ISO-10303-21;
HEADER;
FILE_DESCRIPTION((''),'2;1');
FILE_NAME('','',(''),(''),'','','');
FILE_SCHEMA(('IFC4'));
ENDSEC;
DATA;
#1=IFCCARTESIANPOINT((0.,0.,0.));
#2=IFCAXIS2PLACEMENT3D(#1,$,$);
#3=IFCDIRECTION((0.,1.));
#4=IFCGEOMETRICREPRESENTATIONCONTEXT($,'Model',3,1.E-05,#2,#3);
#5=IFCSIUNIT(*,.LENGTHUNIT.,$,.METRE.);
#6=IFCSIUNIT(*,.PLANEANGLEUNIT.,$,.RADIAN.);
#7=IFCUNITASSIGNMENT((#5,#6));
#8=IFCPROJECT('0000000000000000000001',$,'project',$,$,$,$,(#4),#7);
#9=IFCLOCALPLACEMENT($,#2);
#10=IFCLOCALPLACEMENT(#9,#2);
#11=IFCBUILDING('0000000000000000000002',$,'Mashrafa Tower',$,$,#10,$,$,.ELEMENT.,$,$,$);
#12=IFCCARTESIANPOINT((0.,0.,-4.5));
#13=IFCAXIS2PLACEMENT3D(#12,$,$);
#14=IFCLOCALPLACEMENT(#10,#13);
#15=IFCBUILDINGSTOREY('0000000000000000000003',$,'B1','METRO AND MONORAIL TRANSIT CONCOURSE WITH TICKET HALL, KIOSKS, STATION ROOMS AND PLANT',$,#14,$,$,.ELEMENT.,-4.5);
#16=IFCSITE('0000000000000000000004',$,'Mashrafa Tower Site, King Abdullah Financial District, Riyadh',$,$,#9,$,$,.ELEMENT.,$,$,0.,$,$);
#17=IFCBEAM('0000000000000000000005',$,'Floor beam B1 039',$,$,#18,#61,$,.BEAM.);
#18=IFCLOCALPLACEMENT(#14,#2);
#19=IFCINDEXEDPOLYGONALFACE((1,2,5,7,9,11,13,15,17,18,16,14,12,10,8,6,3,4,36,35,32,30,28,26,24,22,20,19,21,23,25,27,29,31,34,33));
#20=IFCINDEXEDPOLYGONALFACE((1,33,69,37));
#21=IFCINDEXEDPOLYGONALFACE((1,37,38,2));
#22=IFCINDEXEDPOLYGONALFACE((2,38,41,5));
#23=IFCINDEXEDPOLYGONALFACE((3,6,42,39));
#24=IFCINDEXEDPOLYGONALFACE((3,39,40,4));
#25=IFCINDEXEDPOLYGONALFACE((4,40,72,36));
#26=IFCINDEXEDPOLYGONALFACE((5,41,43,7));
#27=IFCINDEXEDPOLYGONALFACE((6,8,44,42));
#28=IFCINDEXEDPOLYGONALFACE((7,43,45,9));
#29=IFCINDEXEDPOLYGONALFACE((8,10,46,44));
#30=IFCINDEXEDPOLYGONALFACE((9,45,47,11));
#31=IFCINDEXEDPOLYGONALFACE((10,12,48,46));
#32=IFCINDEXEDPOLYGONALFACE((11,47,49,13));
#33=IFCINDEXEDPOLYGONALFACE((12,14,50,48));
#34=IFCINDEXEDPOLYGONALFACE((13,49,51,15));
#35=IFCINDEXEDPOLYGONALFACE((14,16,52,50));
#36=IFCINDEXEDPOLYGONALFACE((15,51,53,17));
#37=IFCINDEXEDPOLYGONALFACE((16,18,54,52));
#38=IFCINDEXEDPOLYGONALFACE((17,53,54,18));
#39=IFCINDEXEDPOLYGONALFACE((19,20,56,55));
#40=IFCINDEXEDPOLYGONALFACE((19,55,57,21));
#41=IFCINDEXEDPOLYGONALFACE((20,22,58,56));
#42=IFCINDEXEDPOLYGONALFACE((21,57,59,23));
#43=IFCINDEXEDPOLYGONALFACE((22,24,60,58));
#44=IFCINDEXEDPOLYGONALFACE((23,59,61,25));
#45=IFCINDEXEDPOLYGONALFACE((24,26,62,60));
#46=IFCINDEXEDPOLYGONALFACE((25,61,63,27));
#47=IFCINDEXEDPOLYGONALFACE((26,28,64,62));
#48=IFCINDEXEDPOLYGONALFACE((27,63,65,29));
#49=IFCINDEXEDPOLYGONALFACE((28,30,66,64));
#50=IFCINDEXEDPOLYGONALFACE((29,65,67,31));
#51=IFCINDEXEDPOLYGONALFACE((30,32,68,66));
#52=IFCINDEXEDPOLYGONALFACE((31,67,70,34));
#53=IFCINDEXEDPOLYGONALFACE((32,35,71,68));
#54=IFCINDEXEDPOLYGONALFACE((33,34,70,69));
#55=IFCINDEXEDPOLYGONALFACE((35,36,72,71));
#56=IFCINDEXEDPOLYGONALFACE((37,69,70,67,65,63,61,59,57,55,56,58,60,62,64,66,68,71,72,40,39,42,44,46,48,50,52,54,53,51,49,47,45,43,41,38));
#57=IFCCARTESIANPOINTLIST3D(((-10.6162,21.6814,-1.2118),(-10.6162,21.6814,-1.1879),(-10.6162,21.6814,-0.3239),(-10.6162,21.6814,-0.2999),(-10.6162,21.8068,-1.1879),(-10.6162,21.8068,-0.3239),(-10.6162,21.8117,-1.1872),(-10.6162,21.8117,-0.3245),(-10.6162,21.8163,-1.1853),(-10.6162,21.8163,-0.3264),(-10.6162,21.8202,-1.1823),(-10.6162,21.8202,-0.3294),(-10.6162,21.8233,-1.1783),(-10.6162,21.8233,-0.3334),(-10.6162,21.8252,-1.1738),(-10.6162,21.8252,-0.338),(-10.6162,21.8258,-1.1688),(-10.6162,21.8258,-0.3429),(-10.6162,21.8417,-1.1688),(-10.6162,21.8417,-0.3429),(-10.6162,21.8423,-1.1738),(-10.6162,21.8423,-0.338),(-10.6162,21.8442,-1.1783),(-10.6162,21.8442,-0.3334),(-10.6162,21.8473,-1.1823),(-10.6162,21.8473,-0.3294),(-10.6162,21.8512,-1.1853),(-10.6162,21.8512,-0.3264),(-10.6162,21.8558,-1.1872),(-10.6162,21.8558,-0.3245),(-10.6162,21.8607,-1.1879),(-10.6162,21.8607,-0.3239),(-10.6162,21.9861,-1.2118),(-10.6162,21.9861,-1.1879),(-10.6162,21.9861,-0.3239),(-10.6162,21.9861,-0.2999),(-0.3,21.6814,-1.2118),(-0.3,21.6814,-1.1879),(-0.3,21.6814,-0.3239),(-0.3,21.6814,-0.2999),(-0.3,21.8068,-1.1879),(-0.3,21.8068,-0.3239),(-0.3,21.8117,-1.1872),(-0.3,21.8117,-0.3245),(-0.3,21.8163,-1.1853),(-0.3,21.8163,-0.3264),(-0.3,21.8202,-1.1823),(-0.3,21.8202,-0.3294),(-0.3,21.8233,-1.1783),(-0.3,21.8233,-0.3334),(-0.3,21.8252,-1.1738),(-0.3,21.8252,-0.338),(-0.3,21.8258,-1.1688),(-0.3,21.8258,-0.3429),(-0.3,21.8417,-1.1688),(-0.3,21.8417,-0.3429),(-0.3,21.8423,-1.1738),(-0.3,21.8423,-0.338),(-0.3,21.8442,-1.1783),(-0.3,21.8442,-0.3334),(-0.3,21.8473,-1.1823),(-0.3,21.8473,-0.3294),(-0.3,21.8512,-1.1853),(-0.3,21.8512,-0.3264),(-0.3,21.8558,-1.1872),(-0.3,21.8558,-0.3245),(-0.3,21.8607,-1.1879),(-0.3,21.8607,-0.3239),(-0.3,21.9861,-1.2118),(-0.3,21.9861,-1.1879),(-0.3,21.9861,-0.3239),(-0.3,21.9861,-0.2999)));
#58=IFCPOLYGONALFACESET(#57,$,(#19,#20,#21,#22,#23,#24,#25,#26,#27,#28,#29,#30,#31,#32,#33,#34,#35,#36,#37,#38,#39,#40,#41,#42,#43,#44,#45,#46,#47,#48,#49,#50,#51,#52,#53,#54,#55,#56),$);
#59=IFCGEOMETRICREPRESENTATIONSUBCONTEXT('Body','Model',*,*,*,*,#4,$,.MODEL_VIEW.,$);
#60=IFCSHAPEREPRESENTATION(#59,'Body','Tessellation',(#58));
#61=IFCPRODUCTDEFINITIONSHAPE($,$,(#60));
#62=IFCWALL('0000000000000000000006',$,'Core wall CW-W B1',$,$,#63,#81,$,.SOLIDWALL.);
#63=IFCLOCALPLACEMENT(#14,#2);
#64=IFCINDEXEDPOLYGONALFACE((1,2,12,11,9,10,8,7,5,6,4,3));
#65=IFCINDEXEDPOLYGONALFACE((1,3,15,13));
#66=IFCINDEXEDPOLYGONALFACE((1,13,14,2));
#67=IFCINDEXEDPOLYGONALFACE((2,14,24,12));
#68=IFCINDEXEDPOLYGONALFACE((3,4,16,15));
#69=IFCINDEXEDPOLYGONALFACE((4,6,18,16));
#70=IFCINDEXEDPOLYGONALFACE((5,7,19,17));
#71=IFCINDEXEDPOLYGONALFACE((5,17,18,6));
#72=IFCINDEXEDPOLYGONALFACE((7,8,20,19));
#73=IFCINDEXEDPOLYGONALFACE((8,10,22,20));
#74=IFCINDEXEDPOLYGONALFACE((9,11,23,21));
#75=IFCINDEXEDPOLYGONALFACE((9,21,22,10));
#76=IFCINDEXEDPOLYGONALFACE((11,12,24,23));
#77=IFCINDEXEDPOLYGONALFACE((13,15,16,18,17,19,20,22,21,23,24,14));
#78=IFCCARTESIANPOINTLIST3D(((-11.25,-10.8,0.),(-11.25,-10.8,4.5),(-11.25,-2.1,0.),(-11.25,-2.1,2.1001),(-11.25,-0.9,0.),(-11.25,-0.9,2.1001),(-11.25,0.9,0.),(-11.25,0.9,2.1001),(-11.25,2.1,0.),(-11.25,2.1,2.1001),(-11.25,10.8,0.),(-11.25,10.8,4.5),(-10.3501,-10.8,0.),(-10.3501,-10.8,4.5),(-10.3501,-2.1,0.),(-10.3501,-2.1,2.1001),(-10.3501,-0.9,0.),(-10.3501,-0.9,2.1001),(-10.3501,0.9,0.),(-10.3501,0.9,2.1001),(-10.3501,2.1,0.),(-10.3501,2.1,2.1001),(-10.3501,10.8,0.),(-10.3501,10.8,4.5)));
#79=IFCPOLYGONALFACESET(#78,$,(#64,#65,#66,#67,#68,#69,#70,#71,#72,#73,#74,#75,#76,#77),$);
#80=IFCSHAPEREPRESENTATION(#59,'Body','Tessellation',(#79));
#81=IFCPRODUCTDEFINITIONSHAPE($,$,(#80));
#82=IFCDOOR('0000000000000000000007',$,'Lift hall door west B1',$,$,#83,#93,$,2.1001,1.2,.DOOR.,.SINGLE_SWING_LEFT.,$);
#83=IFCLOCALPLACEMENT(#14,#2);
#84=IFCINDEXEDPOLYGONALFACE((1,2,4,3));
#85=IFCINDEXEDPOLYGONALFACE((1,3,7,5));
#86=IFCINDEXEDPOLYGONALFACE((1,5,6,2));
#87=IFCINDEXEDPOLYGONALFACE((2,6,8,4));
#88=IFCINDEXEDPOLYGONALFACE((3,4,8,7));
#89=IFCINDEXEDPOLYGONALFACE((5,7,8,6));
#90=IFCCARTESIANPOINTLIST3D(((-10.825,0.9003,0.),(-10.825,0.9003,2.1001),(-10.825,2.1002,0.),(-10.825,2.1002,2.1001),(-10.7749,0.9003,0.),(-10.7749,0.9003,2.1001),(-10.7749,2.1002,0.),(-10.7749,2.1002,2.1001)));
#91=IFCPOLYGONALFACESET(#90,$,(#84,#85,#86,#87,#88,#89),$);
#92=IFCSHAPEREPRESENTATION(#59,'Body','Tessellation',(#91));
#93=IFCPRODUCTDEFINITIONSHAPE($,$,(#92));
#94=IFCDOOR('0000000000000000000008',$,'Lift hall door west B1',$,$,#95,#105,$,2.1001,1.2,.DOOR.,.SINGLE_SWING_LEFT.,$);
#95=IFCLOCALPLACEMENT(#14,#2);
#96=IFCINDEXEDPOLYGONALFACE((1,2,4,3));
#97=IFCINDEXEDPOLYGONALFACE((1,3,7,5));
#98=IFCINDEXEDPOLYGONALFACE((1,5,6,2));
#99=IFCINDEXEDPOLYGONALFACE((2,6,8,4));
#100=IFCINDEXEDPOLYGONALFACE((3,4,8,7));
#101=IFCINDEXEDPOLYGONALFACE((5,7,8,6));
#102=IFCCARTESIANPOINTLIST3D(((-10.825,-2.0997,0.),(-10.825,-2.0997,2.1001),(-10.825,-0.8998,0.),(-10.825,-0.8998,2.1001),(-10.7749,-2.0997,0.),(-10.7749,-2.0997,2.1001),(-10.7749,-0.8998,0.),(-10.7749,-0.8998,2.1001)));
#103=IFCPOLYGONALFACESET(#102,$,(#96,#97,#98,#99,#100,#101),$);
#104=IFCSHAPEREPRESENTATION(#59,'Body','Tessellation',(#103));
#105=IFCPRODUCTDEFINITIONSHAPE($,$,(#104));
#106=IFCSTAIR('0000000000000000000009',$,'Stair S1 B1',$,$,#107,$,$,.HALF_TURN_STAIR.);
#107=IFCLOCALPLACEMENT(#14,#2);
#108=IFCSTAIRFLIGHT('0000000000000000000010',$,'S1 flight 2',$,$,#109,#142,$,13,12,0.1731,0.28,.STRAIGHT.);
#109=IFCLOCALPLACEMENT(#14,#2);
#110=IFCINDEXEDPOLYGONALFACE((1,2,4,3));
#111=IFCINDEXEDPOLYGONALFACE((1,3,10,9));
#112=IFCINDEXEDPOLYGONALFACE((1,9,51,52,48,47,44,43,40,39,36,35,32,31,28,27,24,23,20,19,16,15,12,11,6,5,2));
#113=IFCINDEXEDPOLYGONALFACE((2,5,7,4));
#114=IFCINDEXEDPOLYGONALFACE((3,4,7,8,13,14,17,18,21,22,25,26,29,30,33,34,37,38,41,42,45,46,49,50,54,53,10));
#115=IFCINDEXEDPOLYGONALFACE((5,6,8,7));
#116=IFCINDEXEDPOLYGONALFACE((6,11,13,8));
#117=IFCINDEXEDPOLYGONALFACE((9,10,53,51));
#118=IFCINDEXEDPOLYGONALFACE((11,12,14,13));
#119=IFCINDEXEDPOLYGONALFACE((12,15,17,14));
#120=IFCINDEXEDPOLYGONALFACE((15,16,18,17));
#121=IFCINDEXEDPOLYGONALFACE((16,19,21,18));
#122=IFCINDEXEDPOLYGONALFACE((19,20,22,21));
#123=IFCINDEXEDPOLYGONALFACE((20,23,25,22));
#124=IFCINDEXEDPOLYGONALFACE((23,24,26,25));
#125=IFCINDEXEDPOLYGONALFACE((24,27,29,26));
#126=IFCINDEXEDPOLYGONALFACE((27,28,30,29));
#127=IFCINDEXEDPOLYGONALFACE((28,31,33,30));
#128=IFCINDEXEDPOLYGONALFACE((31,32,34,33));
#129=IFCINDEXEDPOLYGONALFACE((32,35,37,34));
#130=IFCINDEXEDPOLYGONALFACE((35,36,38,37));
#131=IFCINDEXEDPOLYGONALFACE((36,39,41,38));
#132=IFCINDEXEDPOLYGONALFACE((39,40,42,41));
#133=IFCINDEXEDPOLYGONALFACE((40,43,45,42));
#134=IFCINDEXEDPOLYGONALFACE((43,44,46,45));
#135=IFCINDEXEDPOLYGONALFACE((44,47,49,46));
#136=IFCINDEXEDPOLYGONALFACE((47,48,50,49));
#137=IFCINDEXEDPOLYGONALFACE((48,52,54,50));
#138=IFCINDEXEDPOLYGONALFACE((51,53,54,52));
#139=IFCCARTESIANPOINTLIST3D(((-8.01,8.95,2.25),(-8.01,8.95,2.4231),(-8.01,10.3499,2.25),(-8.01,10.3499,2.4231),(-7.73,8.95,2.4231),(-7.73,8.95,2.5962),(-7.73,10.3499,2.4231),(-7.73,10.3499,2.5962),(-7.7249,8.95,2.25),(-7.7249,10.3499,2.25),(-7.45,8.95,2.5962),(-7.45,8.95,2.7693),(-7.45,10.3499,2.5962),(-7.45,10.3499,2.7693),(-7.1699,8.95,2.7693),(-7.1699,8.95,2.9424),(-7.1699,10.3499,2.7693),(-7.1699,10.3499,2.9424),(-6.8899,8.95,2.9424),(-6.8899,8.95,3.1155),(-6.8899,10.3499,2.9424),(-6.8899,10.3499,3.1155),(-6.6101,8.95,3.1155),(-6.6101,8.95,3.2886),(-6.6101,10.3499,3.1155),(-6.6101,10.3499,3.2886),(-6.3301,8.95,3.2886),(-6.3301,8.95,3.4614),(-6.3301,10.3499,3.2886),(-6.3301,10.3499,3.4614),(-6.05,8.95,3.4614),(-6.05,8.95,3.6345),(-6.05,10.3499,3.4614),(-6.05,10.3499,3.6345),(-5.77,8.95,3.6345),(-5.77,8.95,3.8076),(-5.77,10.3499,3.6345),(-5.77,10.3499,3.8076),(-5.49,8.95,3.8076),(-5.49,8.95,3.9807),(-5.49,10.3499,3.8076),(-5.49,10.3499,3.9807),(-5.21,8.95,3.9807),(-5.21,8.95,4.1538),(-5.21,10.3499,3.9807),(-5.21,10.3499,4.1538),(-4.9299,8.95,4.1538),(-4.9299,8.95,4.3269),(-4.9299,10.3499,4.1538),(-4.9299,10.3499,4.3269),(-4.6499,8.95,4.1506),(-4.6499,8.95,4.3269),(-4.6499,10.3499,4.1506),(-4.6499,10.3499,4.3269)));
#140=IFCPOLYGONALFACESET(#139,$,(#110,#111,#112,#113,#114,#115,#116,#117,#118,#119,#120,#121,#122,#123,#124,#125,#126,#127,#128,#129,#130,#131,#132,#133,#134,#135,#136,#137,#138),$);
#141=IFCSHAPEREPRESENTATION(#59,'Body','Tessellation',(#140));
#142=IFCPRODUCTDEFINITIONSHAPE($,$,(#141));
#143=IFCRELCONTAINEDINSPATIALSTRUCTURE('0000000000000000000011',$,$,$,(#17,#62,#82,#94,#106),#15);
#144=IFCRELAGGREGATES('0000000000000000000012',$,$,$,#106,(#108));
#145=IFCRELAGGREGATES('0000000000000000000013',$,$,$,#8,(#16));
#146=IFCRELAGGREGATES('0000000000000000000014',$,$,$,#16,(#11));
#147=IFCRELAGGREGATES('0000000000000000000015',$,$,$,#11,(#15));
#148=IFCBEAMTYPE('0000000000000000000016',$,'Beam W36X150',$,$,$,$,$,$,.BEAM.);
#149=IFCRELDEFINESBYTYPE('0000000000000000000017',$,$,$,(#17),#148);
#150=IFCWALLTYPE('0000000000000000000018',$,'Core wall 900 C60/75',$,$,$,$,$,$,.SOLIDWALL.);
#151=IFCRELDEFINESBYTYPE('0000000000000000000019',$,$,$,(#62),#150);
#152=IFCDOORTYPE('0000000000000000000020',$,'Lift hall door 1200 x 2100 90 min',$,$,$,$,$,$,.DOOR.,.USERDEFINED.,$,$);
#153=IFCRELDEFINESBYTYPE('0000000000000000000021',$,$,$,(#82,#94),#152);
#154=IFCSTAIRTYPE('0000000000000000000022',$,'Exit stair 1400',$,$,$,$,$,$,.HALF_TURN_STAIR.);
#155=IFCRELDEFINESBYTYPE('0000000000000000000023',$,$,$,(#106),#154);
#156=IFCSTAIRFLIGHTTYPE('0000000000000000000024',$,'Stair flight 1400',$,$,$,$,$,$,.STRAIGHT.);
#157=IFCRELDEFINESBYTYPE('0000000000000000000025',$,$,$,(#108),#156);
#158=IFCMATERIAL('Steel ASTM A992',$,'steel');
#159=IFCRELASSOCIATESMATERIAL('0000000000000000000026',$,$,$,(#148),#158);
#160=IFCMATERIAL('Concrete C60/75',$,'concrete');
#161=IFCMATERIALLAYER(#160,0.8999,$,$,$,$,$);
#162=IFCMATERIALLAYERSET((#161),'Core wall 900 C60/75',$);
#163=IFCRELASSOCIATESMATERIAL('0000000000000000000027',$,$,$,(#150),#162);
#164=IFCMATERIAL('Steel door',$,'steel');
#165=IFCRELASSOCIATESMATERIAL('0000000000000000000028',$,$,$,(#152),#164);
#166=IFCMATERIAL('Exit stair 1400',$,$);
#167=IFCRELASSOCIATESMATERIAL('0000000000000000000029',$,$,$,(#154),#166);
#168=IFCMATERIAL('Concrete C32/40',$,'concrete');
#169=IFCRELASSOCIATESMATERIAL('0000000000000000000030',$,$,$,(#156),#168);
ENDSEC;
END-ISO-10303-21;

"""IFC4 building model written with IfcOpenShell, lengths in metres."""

from ifc_helpers import new_model, si_unit, direction, frame, frame_2d, origin, origin_2d, place, context, subcontext, project, spatial, polyline, rectangle, i_section, outline, extrude, material, layer, layer_set, material_profile, profile_set, type_object, element, fill, aggregate, save


model = new_model("IFC4")

# Units and contexts
model_context = context("Model", 3, precision=1e-05, world=origin(), true_north=direction((0.0, 1.0)))
body_context = subcontext(model_context, "Body", "Model", "MODEL_VIEW")
ifc_project = project(units=[si_unit("LENGTHUNIT", "METRE"), si_unit("PLANEANGLEUNIT", "RADIAN")], contexts=[model_context])

# Site, building, storey
site_placement = place(None, origin())
site = spatial("IfcSite", under=ifc_project, at=site_placement, Name="Mashrafa Tower Site, King Abdullah Financial District, Riyadh", CompositionType="ELEMENT", RefElevation=0.0)
building_placement = place(site_placement, origin())
building = spatial("IfcBuilding", under=site, at=building_placement, Name="Mashrafa Tower", CompositionType="ELEMENT")
storey_placement = place(building_placement, frame((0.0, 0.0, -4.5)))
storey = spatial("IfcBuildingStorey", under=building, at=storey_placement, Name="B1", Description="METRO AND MONORAIL TRANSIT CONCOURSE WITH TICKET HALL, KIOSKS, STATION ROOMS AND PLANT", CompositionType="ELEMENT", Elevation=-4.5)

# Beam
ifc_material_1 = material(Name="Steel ASTM A992", Category="steel")
ifc_material_profile_1 = material_profile(ifc_material_1, i_section(OverallWidth=0.3047, OverallDepth=0.9119, WebThickness=0.0159, FlangeThickness=0.0239, FilletRadius=0.019, at=origin_2d()), Name="W36X150")
ifc_profile_set_1 = profile_set([ifc_material_profile_1], Name="Steel ASTM A992")
beam_type_1 = type_object("IfcBeamType", Name="Beam W36X150", PredefinedType="BEAM", material=ifc_profile_set_1)
beam_1_placement = place(storey_placement, frame((-10.6162, 21.8337, -0.7559), z_axis=(1.0, 0.0, 0.0), x_axis=(0.0, 1.0, 0.0)))
element("IfcBeam", 1, at=beam_1_placement, inside=storey, type_object=beam_type_1, Name="Floor beam B1 039", PredefinedType="BEAM", context=body_context, shape_type="SweptSolid", body=[
    extrude(i_section(OverallWidth=0.3047, OverallDepth=0.9119, WebThickness=0.0159, FlangeThickness=0.0239, FilletRadius=0.019, at=origin_2d()), origin(), (0.0, 0.0, 1.0), 10.3162),
])

# Wall, openings, doors
ifc_material_2 = material(Name="Concrete C60/75", Category="concrete")
ifc_layer_1 = layer(ifc_material_2, 0.8999)
ifc_layer_set_1 = layer_set([ifc_layer_1], Name="Core wall 900 C60/75")
wall_type_1 = type_object("IfcWallType", Name="Core wall 900 C60/75", PredefinedType="SOLIDWALL", material=ifc_layer_set_1)
wall_1_placement = place(storey_placement, frame((-10.8, 10.8, 0.0), z_axis=(0.0, 0.0, 1.0), x_axis=(0.0, -1.0, 0.0)))
wall_1 = element("IfcWall", 2, at=wall_1_placement, inside=storey, type_object=wall_type_1, Name="Core wall CW-W B1", PredefinedType="SOLIDWALL", context=body_context, shape_type="SweptSolid", body=[
    extrude(rectangle(XDim=21.6001, YDim=0.8999, at=frame_2d((10.8, 0.0))), origin(), (0.0, 0.0, 1.0), 4.5),
])
opening_1_placement = place(wall_1_placement, frame((8.7, 0.0, 0.0)))
opening_1 = element("IfcOpeningElement", 3, at=opening_1_placement, cuts=wall_1, PredefinedType="OPENING", context=body_context, shape_type="SweptSolid", body=[
    extrude(rectangle(XDim=1.2, YDim=2.1001, at=frame_2d((0.6001, 1.05))), frame((0.0, 0.46, 0.0), z_axis=(0.0, -1.0, 0.0), x_axis=(1.0, 0.0, 0.0)), (0.0, 0.0, 1.0), 0.9199),
])
opening_2_placement = place(wall_1_placement, frame((11.7, 0.0, 0.0)))
opening_2 = element("IfcOpeningElement", 4, at=opening_2_placement, cuts=wall_1, PredefinedType="OPENING", context=body_context, shape_type="SweptSolid", body=[
    extrude(rectangle(XDim=1.2, YDim=2.1001, at=frame_2d((0.6001, 1.05))), frame((0.0, 0.46, 0.0), z_axis=(0.0, -1.0, 0.0), x_axis=(1.0, 0.0, 0.0)), (0.0, 0.0, 1.0), 0.9199),
])
ifc_material_3 = material(Name="Steel door", Category="steel")
door_type_1 = type_object("IfcDoorType", Name="Lift hall door 1200 x 2100 90 min", OperationType="USERDEFINED", PredefinedType="DOOR", material=ifc_material_3)
door_1_placement = place(opening_1_placement, frame((1.2, 0.0, 0.0), z_axis=(0.0, 0.0, 1.0), x_axis=(-1.0, 0.0, 0.0)))
door_1 = element("IfcDoor", 5, at=door_1_placement, inside=storey, type_object=door_type_1, Name="Lift hall door west B1", OperationType="SINGLE_SWING_LEFT", OverallHeight=2.1001, OverallWidth=1.2, PredefinedType="DOOR", context=body_context, shape_type="SweptSolid", body=[
    extrude(rectangle(XDim=1.2, YDim=2.1001, at=frame_2d((0.6001, 1.05))), frame((0.0, 0.0249, 0.0), z_axis=(0.0, -1.0, 0.0), x_axis=(1.0, 0.0, 0.0)), (0.0, 0.0, 1.0), 0.05),
])
fill(opening_1, door_1)
door_2_placement = place(opening_2_placement, frame((1.2, 0.0, 0.0), z_axis=(0.0, 0.0, 1.0), x_axis=(-1.0, 0.0, 0.0)))
door_2 = element("IfcDoor", 6, at=door_2_placement, inside=storey, type_object=door_type_1, Name="Lift hall door west B1", OperationType="SINGLE_SWING_LEFT", OverallHeight=2.1001, OverallWidth=1.2, PredefinedType="DOOR", context=body_context, shape_type="SweptSolid", body=[
    extrude(rectangle(XDim=1.2, YDim=2.1001, at=frame_2d((0.6001, 1.05))), frame((0.0, 0.0249, 0.0), z_axis=(0.0, -1.0, 0.0), x_axis=(1.0, 0.0, 0.0)), (0.0, 0.0, 1.0), 0.05),
])
fill(opening_2, door_2)

# Stair, stair flight
ifc_material_4 = material(Name="Exit stair 1400")
stair_type = type_object("IfcStairType", Name="Exit stair 1400", PredefinedType="HALF_TURN_STAIR", material=ifc_material_4)
stair_placement = place(storey_placement, origin())
stair = element("IfcStair", 7, at=stair_placement, inside=storey, type_object=stair_type, Name="Stair S1 B1", PredefinedType="HALF_TURN_STAIR")
ifc_material_5 = material(Name="Concrete C32/40", Category="concrete")
stair_flight_type = type_object("IfcStairFlightType", Name="Stair flight 1400", PredefinedType="STRAIGHT", material=ifc_material_5)
stair_flight_placement = place(storey_placement, frame((-8.01, 9.6499, 2.25), z_axis=(0.0, 0.0, 1.0), x_axis=(1.0, 0.0, 0.0)))
stair_flight = element("IfcStairFlight", 8, at=stair_flight_placement, type_object=stair_flight_type, Name="S1 flight 2", NumberOfRisers=13, NumberOfTreads=12, PredefinedType="STRAIGHT", RiserHeight=0.1731, TreadLength=0.28, context=body_context, shape_type="SweptSolid", body=[
    extrude(outline(polyline([(0.0, 0.0), (0.0, 0.1731), (0.28, 0.1731), (0.28, 0.3462), (0.5601, 0.3462), (0.5601, 0.5193), (0.8401, 0.5193), (0.8401, 0.6924), (1.1201, 0.6924), (1.1201, 0.8655), (1.3999, 0.8655), (1.3999, 1.0386), (1.6799, 1.0386), (1.6799, 1.2114), (1.96, 1.2114), (1.96, 1.3845), (2.24, 1.3845), (2.24, 1.5576), (2.52, 1.5576), (2.52, 1.7307), (2.8, 1.7307), (2.8, 1.9038), (3.0801, 1.9038), (3.0801, 2.0769), (3.3601, 2.0769), (3.3601, 2.25), (3.3601, 1.9006), (0.2852, 0.0), (0.0, 0.0)])), frame((0.0, 0.7, 0.0), z_axis=(0.0, -1.0, 0.0), x_axis=(1.0, 0.0, 0.0)), (0.0, 0.0, 1.0), 1.3999),
])
aggregate(stair, [stair_flight])

save(model, "model.ifc")
